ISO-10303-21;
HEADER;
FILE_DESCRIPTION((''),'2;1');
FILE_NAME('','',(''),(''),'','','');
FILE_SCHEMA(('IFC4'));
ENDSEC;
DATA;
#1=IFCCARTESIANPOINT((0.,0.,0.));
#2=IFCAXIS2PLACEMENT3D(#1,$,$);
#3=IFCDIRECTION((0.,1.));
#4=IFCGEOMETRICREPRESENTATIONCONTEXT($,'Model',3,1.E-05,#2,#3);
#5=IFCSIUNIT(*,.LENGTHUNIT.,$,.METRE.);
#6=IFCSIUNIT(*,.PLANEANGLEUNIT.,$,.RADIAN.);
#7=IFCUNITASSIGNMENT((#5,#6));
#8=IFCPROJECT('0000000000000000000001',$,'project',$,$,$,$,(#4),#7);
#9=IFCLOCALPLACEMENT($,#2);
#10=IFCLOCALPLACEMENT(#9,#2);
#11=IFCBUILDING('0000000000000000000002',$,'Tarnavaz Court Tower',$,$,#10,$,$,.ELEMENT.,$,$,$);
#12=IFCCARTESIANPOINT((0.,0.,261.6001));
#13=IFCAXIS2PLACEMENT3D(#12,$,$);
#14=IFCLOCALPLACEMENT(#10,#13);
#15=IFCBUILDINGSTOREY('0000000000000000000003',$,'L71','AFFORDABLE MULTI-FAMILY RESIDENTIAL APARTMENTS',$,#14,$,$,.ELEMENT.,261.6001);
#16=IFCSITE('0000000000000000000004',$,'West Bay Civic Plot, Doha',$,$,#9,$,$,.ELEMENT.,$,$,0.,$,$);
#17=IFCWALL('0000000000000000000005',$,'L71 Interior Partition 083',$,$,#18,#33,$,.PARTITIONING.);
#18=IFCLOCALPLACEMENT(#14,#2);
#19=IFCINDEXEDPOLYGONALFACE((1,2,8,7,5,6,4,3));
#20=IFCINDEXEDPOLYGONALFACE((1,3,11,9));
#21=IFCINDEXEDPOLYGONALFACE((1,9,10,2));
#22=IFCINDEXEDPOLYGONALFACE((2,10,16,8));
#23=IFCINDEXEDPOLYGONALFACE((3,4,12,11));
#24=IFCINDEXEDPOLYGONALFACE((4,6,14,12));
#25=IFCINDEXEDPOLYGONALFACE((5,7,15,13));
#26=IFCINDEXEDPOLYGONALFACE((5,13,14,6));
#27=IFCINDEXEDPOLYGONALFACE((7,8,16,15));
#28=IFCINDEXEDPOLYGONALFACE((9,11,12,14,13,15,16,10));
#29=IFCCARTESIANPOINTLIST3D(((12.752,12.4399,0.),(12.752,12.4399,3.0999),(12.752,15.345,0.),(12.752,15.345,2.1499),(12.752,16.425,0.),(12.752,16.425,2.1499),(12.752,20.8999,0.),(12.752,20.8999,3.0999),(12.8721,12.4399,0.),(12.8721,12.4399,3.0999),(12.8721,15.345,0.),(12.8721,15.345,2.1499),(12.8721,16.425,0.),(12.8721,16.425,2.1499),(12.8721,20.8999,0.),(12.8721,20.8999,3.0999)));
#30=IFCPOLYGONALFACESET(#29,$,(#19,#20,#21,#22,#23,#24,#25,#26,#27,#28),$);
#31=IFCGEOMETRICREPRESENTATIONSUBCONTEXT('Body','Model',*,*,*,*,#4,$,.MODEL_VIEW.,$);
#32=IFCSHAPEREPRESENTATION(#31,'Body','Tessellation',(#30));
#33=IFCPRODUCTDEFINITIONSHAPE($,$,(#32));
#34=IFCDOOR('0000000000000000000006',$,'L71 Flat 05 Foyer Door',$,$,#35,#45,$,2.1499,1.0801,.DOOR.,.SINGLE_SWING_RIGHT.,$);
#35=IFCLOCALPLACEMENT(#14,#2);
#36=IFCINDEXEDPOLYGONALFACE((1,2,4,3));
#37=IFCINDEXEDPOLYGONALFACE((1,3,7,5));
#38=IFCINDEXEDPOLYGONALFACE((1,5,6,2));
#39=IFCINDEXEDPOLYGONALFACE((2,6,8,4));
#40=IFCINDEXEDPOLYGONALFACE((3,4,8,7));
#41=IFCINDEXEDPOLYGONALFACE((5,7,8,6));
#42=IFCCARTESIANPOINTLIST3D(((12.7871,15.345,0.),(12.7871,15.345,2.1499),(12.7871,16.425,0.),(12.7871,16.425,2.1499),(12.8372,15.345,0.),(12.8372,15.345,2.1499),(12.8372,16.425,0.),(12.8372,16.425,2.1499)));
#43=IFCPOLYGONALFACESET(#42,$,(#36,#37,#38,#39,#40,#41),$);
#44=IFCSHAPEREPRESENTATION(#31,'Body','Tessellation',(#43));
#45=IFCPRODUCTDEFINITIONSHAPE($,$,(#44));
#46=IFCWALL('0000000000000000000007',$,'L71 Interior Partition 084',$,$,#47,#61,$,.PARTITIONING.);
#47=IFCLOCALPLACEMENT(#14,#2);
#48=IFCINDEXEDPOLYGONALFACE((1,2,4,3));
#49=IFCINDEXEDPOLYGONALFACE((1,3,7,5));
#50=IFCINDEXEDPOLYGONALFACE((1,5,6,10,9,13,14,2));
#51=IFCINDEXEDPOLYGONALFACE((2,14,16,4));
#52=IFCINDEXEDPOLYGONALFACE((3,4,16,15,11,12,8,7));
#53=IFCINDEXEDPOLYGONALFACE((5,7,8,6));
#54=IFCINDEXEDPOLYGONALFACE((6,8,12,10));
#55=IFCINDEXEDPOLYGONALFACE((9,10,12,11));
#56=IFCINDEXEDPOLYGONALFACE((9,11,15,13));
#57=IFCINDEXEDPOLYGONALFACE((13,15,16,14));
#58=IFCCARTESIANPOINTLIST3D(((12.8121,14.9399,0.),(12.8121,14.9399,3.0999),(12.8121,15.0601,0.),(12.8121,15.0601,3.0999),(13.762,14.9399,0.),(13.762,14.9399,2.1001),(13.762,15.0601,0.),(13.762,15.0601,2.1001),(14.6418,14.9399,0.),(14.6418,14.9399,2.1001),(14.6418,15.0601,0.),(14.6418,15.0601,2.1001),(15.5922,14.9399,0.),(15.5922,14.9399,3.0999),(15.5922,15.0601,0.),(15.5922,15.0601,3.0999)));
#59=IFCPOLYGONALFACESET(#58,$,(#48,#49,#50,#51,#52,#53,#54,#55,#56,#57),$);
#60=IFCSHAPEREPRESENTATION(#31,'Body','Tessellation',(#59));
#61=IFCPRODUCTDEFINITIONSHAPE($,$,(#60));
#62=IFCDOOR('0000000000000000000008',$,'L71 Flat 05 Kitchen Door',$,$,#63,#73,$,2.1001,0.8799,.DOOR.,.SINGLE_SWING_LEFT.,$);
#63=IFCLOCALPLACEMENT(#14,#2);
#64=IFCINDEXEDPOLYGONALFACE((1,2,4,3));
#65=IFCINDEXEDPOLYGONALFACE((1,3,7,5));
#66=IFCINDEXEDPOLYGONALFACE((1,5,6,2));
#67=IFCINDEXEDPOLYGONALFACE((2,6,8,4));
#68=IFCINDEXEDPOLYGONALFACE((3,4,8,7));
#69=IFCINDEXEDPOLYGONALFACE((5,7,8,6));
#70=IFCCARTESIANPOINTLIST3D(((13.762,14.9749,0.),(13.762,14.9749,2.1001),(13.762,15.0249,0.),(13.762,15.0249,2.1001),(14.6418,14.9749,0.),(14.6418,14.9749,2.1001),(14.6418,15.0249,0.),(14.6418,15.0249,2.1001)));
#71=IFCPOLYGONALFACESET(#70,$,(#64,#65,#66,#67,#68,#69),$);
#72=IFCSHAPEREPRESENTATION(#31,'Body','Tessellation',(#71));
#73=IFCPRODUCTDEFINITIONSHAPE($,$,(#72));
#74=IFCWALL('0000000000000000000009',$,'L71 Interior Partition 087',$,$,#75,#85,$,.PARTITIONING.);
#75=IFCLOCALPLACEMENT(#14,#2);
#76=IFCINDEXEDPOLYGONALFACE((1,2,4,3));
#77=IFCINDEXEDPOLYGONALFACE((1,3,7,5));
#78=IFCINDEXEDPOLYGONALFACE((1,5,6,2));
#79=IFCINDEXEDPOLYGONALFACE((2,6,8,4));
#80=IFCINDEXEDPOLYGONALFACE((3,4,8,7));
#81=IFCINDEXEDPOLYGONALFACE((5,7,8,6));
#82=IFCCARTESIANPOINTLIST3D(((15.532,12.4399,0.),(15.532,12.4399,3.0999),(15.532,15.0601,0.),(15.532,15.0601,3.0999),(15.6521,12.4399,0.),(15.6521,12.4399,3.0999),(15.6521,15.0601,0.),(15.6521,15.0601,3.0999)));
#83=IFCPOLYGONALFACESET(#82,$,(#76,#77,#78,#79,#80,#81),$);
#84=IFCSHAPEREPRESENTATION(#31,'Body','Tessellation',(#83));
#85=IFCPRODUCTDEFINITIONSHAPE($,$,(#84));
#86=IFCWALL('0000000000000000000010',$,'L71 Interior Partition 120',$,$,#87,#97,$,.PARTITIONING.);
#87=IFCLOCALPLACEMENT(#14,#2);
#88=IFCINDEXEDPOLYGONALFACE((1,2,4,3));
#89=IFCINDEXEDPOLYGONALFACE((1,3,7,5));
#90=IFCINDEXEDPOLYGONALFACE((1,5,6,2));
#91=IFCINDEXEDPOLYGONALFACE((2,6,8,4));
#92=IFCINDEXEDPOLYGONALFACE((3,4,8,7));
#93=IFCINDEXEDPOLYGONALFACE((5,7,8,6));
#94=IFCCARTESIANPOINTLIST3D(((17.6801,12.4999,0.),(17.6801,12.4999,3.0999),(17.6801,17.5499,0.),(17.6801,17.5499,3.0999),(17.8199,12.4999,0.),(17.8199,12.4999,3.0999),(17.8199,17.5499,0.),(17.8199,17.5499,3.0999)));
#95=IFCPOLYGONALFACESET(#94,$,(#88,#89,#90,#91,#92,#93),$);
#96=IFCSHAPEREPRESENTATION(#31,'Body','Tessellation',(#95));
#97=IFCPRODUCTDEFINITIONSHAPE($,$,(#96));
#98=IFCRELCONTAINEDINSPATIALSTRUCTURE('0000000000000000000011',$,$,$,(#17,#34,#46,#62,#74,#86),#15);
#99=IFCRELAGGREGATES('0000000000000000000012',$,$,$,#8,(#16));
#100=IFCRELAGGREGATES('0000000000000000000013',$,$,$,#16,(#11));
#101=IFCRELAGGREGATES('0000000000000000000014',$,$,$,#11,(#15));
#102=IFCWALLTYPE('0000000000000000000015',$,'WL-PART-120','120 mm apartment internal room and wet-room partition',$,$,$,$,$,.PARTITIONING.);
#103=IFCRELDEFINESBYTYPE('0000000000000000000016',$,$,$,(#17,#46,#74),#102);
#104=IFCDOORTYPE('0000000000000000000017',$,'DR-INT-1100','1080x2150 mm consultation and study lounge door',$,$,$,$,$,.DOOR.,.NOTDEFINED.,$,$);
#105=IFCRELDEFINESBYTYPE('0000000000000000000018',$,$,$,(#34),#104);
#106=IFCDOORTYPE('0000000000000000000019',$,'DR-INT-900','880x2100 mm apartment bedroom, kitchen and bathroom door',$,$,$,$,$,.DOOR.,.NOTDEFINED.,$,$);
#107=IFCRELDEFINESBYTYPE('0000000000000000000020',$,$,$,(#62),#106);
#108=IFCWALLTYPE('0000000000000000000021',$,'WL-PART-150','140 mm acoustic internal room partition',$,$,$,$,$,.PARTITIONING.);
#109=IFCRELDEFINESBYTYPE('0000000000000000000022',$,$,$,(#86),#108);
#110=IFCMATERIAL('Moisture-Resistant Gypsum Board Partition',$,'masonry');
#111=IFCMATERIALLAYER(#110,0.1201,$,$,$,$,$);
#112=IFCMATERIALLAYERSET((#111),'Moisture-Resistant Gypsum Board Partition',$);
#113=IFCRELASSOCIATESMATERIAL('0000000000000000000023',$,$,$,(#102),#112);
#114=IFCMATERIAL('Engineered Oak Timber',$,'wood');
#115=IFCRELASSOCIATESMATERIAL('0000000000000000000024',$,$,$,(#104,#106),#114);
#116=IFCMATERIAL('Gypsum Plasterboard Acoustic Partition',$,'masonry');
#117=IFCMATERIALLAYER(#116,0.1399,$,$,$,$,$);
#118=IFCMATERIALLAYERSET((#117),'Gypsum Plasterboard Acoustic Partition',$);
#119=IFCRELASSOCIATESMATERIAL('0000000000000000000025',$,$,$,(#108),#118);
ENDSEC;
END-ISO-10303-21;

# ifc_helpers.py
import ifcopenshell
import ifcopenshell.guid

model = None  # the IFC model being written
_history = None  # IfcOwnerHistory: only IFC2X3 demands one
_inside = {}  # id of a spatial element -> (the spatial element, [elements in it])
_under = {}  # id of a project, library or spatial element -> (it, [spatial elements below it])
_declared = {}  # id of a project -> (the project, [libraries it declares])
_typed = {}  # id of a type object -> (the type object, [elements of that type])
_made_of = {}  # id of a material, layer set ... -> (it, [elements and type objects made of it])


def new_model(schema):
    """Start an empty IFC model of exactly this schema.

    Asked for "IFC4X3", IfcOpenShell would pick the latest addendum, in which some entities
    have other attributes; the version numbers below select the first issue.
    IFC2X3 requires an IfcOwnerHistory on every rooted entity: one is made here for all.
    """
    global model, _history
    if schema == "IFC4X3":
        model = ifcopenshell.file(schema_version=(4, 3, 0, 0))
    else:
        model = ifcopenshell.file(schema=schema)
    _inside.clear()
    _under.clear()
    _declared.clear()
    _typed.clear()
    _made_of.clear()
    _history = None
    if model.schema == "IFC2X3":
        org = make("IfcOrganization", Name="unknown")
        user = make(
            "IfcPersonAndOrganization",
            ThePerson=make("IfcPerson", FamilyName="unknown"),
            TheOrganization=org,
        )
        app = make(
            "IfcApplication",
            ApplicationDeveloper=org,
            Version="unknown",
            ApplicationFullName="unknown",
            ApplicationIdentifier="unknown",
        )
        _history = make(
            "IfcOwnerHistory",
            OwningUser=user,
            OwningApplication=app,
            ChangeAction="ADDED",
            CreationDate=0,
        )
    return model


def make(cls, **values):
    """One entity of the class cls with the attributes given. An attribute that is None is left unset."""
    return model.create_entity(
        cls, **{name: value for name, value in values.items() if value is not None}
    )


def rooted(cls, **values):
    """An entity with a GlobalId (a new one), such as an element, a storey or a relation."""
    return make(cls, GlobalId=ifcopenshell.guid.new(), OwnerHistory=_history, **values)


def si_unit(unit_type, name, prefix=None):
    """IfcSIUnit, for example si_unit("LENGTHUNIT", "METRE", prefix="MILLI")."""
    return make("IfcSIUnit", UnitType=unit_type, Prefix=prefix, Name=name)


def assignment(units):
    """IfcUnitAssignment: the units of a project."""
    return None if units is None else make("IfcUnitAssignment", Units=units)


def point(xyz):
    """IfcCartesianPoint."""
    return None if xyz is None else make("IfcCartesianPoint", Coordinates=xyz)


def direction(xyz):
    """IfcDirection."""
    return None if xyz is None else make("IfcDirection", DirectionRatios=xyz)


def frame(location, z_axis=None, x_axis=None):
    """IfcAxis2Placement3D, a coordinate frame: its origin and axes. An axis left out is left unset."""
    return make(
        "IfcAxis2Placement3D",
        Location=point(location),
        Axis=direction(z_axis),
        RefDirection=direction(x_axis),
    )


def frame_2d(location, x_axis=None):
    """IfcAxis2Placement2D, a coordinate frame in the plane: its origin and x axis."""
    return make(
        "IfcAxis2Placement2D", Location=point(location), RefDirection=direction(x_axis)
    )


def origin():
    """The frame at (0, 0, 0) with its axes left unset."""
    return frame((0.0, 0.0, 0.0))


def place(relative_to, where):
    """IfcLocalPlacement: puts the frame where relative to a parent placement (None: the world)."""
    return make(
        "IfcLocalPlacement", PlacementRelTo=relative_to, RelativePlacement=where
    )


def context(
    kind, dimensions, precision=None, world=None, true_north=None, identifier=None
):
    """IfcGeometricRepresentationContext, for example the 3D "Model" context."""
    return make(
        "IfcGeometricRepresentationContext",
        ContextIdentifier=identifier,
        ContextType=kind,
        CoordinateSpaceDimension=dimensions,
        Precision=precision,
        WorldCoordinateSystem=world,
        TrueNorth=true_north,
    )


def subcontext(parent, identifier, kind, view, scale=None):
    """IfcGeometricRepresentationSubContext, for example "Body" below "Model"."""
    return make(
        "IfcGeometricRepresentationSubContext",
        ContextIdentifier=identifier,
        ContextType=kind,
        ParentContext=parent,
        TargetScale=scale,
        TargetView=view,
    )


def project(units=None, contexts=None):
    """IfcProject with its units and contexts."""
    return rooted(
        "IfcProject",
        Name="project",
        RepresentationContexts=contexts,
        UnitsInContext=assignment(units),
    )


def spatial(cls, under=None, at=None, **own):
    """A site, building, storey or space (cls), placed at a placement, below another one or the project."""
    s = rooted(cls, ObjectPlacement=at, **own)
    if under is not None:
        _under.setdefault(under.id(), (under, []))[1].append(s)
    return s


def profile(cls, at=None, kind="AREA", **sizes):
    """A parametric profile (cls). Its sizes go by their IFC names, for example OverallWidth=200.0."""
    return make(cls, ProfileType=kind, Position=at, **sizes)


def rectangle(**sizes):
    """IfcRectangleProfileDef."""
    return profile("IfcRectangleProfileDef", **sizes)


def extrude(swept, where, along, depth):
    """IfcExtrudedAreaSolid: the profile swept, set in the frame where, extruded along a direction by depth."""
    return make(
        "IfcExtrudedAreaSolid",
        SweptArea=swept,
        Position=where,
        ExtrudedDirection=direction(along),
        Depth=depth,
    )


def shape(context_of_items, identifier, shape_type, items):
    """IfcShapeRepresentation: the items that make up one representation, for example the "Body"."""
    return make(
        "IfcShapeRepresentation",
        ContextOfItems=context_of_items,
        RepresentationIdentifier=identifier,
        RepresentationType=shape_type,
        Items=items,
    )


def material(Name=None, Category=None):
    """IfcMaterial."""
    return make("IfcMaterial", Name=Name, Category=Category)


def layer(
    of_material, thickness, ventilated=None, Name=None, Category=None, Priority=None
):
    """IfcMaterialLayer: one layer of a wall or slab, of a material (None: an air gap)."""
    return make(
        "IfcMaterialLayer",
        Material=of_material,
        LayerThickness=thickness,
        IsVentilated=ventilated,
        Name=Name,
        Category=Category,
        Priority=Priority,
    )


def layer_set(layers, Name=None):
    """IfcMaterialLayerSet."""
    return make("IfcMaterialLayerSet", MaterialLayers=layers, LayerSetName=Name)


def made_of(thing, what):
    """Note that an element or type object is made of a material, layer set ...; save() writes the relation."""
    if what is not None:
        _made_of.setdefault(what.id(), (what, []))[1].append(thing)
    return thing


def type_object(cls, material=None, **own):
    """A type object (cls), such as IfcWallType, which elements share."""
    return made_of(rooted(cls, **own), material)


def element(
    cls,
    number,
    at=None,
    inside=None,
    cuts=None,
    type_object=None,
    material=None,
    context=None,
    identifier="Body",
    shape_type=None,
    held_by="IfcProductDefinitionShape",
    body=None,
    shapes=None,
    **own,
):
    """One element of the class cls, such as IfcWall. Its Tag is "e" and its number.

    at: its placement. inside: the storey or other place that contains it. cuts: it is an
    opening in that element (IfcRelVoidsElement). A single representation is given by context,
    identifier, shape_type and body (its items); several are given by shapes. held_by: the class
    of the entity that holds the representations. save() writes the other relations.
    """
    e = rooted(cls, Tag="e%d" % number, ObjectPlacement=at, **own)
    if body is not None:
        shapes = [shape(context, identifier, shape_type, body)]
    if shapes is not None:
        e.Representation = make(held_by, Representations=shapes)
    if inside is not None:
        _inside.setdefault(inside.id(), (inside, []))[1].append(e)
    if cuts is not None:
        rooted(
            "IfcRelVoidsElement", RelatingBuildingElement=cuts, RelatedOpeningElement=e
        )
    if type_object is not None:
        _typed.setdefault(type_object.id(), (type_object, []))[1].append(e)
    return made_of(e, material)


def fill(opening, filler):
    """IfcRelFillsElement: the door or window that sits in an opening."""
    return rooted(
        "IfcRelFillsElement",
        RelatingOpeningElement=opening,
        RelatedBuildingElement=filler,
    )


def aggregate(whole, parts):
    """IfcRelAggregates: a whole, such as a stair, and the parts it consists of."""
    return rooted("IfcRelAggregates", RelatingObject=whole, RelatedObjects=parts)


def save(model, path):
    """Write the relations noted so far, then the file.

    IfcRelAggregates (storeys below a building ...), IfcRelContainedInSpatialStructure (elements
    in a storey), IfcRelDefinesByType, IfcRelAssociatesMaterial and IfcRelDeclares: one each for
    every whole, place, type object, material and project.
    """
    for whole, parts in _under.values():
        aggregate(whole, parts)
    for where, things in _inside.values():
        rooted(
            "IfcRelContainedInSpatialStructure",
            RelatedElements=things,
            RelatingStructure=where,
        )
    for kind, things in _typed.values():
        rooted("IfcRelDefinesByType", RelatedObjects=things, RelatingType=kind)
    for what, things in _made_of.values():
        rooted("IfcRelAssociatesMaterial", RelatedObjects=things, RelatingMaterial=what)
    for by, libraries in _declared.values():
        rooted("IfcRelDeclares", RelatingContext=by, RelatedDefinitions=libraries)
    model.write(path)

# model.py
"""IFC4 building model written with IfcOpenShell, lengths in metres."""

from ifc_helpers import new_model, si_unit, direction, frame, frame_2d, origin, place, context, subcontext, project, spatial, rectangle, extrude, material, layer, layer_set, type_object, element, fill, save


model = new_model("IFC4")

# Units and contexts
model_context = context("Model", 3, precision=1e-05, world=origin(), true_north=direction((0.0, 1.0)))
body_context = subcontext(model_context, "Body", "Model", "MODEL_VIEW")
ifc_project = project(units=[si_unit("LENGTHUNIT", "METRE"), si_unit("PLANEANGLEUNIT", "RADIAN")], contexts=[model_context])

# Site, building, storey
site_placement = place(None, origin())
site = spatial("IfcSite", under=ifc_project, at=site_placement, Name="West Bay Civic Plot, Doha", CompositionType="ELEMENT", RefElevation=0.0)
building_placement = place(site_placement, origin())
building = spatial("IfcBuilding", under=site, at=building_placement, Name="Tarnavaz Court Tower", CompositionType="ELEMENT")
storey_placement = place(building_placement, frame((0.0, 0.0, 261.6001)))
storey = spatial("IfcBuildingStorey", under=building, at=storey_placement, Name="L71", Description="AFFORDABLE MULTI-FAMILY RESIDENTIAL APARTMENTS", CompositionType="ELEMENT", Elevation=261.6001)

# Walls, openings, doors
ifc_material_1 = material(Name="Engineered Oak Timber", Category="wood")
ifc_material_2 = material(Name="Moisture-Resistant Gypsum Board Partition", Category="masonry")
ifc_layer_1 = layer(ifc_material_2, 0.1201)
ifc_layer_set_1 = layer_set([ifc_layer_1], Name="Moisture-Resistant Gypsum Board Partition")
wall_type_1 = type_object("IfcWallType", Name="WL-PART-120", Description="120 mm apartment internal room and wet-room partition", PredefinedType="PARTITIONING", material=ifc_layer_set_1)
wall_1_placement = place(storey_placement, frame((12.812, 12.4399, 0.0), z_axis=(0.0, 0.0, 1.0), x_axis=(0.0, 1.0, 0.0)))
wall_1 = element("IfcWall", 1, at=wall_1_placement, inside=storey, type_object=wall_type_1, Name="L71 Interior Partition 083", PredefinedType="PARTITIONING", context=body_context, shape_type="SweptSolid", body=[
    extrude(rectangle(XDim=8.46, YDim=0.1201, at=frame_2d((4.23, 0.0))), origin(), (0.0, 0.0, 1.0), 3.0999),
])
opening_1_placement = place(wall_1_placement, frame((2.905, 0.0, 0.0)))
opening_1 = element("IfcOpeningElement", 2, at=opening_1_placement, cuts=wall_1, PredefinedType="OPENING", context=body_context, shape_type="SweptSolid", body=[
    extrude(rectangle(XDim=1.0801, YDim=2.1499, at=frame_2d((0.54, 1.075))), frame((0.0, 0.0701, 0.0), z_axis=(0.0, -1.0, 0.0), x_axis=(1.0, 0.0, 0.0)), (0.0, 0.0, 1.0), 0.1401),
])
door_type_1 = type_object("IfcDoorType", Name="DR-INT-1100", Description="1080x2150 mm consultation and study lounge door", OperationType="NOTDEFINED", PredefinedType="DOOR", material=ifc_material_1)
door_1_placement = place(opening_1_placement, origin())
door_1 = element("IfcDoor", 3, at=door_1_placement, inside=storey, type_object=door_type_1, Name="L71 Flat 05 Foyer Door", OperationType="SINGLE_SWING_RIGHT", OverallHeight=2.1499, OverallWidth=1.0801, PredefinedType="DOOR", context=body_context, shape_type="SweptSolid", body=[
    extrude(rectangle(XDim=1.0801, YDim=2.1499, at=frame_2d((0.54, 1.075))), frame((0.0, 0.0249, 0.0), z_axis=(0.0, -1.0, 0.0), x_axis=(1.0, 0.0, 0.0)), (0.0, 0.0, 1.0), 0.05),
])
fill(opening_1, door_1)
wall_2_placement = place(storey_placement, frame((12.812, 15.0, 0.0), z_axis=(0.0, 0.0, 1.0), x_axis=(1.0, 0.0, 0.0)))
wall_2 = element("IfcWall", 4, at=wall_2_placement, inside=storey, type_object=wall_type_1, Name="L71 Interior Partition 084", PredefinedType="PARTITIONING", context=body_context, shape_type="SweptSolid", body=[
    extrude(rectangle(XDim=2.78, YDim=0.1201, at=frame_2d((1.3901, 0.0))), origin(), (0.0, 0.0, 1.0), 3.0999),
])
opening_2_placement = place(wall_2_placement, frame((0.95, 0.0, 0.0)))
opening_2 = element("IfcOpeningElement", 5, at=opening_2_placement, cuts=wall_2, PredefinedType="OPENING", context=body_context, shape_type="SweptSolid", body=[
    extrude(rectangle(XDim=0.8799, YDim=2.1001, at=frame_2d((0.4399, 1.05))), frame((0.0, 0.0701, 0.0), z_axis=(0.0, -1.0, 0.0), x_axis=(1.0, 0.0, 0.0)), (0.0, 0.0, 1.0), 0.1401),
])
door_type_2 = type_object("IfcDoorType", Name="DR-INT-900", Description="880x2100 mm apartment bedroom, kitchen and bathroom door", OperationType="NOTDEFINED", PredefinedType="DOOR", material=ifc_material_1)
door_2_placement = place(opening_2_placement, origin())
door_2 = element("IfcDoor", 6, at=door_2_placement, inside=storey, type_object=door_type_2, Name="L71 Flat 05 Kitchen Door", OperationType="SINGLE_SWING_LEFT", OverallHeight=2.1001, OverallWidth=0.8799, PredefinedType="DOOR", context=body_context, shape_type="SweptSolid", body=[
    extrude(rectangle(XDim=0.8799, YDim=2.1001, at=frame_2d((0.4399, 1.05))), frame((0.0, 0.0249, 0.0), z_axis=(0.0, -1.0, 0.0), x_axis=(1.0, 0.0, 0.0)), (0.0, 0.0, 1.0), 0.05),
])
fill(opening_2, door_2)

# Walls
wall_3_placement = place(storey_placement, frame((15.592, 12.4399, 0.0), z_axis=(0.0, 0.0, 1.0), x_axis=(0.0, 1.0, 0.0)))
element("IfcWall", 7, at=wall_3_placement, inside=storey, type_object=wall_type_1, Name="L71 Interior Partition 087", PredefinedType="PARTITIONING", context=body_context, shape_type="SweptSolid", body=[
    extrude(rectangle(XDim=2.6201, YDim=0.1201, at=frame_2d((1.3101, 0.0))), origin(), (0.0, 0.0, 1.0), 3.0999),
])
ifc_material_3 = material(Name="Gypsum Plasterboard Acoustic Partition", Category="masonry")
ifc_layer_2 = layer(ifc_material_3, 0.1399)
ifc_layer_set_2 = layer_set([ifc_layer_2], Name="Gypsum Plasterboard Acoustic Partition")
wall_type_2 = type_object("IfcWallType", Name="WL-PART-150", Description="140 mm acoustic internal room partition", PredefinedType="PARTITIONING", material=ifc_layer_set_2)
wall_4_placement = place(storey_placement, frame((17.75, 12.5, 0.0), z_axis=(0.0, 0.0, 1.0), x_axis=(0.0, 1.0, 0.0)))
element("IfcWall", 8, at=wall_4_placement, inside=storey, type_object=wall_type_2, Name="L71 Interior Partition 120", PredefinedType="PARTITIONING", context=body_context, shape_type="SweptSolid", body=[
    extrude(rectangle(XDim=5.05, YDim=0.1399, at=frame_2d((2.5249, 0.0))), origin(), (0.0, 0.0, 1.0), 3.0999),
])

save(model, "model.ifc")
